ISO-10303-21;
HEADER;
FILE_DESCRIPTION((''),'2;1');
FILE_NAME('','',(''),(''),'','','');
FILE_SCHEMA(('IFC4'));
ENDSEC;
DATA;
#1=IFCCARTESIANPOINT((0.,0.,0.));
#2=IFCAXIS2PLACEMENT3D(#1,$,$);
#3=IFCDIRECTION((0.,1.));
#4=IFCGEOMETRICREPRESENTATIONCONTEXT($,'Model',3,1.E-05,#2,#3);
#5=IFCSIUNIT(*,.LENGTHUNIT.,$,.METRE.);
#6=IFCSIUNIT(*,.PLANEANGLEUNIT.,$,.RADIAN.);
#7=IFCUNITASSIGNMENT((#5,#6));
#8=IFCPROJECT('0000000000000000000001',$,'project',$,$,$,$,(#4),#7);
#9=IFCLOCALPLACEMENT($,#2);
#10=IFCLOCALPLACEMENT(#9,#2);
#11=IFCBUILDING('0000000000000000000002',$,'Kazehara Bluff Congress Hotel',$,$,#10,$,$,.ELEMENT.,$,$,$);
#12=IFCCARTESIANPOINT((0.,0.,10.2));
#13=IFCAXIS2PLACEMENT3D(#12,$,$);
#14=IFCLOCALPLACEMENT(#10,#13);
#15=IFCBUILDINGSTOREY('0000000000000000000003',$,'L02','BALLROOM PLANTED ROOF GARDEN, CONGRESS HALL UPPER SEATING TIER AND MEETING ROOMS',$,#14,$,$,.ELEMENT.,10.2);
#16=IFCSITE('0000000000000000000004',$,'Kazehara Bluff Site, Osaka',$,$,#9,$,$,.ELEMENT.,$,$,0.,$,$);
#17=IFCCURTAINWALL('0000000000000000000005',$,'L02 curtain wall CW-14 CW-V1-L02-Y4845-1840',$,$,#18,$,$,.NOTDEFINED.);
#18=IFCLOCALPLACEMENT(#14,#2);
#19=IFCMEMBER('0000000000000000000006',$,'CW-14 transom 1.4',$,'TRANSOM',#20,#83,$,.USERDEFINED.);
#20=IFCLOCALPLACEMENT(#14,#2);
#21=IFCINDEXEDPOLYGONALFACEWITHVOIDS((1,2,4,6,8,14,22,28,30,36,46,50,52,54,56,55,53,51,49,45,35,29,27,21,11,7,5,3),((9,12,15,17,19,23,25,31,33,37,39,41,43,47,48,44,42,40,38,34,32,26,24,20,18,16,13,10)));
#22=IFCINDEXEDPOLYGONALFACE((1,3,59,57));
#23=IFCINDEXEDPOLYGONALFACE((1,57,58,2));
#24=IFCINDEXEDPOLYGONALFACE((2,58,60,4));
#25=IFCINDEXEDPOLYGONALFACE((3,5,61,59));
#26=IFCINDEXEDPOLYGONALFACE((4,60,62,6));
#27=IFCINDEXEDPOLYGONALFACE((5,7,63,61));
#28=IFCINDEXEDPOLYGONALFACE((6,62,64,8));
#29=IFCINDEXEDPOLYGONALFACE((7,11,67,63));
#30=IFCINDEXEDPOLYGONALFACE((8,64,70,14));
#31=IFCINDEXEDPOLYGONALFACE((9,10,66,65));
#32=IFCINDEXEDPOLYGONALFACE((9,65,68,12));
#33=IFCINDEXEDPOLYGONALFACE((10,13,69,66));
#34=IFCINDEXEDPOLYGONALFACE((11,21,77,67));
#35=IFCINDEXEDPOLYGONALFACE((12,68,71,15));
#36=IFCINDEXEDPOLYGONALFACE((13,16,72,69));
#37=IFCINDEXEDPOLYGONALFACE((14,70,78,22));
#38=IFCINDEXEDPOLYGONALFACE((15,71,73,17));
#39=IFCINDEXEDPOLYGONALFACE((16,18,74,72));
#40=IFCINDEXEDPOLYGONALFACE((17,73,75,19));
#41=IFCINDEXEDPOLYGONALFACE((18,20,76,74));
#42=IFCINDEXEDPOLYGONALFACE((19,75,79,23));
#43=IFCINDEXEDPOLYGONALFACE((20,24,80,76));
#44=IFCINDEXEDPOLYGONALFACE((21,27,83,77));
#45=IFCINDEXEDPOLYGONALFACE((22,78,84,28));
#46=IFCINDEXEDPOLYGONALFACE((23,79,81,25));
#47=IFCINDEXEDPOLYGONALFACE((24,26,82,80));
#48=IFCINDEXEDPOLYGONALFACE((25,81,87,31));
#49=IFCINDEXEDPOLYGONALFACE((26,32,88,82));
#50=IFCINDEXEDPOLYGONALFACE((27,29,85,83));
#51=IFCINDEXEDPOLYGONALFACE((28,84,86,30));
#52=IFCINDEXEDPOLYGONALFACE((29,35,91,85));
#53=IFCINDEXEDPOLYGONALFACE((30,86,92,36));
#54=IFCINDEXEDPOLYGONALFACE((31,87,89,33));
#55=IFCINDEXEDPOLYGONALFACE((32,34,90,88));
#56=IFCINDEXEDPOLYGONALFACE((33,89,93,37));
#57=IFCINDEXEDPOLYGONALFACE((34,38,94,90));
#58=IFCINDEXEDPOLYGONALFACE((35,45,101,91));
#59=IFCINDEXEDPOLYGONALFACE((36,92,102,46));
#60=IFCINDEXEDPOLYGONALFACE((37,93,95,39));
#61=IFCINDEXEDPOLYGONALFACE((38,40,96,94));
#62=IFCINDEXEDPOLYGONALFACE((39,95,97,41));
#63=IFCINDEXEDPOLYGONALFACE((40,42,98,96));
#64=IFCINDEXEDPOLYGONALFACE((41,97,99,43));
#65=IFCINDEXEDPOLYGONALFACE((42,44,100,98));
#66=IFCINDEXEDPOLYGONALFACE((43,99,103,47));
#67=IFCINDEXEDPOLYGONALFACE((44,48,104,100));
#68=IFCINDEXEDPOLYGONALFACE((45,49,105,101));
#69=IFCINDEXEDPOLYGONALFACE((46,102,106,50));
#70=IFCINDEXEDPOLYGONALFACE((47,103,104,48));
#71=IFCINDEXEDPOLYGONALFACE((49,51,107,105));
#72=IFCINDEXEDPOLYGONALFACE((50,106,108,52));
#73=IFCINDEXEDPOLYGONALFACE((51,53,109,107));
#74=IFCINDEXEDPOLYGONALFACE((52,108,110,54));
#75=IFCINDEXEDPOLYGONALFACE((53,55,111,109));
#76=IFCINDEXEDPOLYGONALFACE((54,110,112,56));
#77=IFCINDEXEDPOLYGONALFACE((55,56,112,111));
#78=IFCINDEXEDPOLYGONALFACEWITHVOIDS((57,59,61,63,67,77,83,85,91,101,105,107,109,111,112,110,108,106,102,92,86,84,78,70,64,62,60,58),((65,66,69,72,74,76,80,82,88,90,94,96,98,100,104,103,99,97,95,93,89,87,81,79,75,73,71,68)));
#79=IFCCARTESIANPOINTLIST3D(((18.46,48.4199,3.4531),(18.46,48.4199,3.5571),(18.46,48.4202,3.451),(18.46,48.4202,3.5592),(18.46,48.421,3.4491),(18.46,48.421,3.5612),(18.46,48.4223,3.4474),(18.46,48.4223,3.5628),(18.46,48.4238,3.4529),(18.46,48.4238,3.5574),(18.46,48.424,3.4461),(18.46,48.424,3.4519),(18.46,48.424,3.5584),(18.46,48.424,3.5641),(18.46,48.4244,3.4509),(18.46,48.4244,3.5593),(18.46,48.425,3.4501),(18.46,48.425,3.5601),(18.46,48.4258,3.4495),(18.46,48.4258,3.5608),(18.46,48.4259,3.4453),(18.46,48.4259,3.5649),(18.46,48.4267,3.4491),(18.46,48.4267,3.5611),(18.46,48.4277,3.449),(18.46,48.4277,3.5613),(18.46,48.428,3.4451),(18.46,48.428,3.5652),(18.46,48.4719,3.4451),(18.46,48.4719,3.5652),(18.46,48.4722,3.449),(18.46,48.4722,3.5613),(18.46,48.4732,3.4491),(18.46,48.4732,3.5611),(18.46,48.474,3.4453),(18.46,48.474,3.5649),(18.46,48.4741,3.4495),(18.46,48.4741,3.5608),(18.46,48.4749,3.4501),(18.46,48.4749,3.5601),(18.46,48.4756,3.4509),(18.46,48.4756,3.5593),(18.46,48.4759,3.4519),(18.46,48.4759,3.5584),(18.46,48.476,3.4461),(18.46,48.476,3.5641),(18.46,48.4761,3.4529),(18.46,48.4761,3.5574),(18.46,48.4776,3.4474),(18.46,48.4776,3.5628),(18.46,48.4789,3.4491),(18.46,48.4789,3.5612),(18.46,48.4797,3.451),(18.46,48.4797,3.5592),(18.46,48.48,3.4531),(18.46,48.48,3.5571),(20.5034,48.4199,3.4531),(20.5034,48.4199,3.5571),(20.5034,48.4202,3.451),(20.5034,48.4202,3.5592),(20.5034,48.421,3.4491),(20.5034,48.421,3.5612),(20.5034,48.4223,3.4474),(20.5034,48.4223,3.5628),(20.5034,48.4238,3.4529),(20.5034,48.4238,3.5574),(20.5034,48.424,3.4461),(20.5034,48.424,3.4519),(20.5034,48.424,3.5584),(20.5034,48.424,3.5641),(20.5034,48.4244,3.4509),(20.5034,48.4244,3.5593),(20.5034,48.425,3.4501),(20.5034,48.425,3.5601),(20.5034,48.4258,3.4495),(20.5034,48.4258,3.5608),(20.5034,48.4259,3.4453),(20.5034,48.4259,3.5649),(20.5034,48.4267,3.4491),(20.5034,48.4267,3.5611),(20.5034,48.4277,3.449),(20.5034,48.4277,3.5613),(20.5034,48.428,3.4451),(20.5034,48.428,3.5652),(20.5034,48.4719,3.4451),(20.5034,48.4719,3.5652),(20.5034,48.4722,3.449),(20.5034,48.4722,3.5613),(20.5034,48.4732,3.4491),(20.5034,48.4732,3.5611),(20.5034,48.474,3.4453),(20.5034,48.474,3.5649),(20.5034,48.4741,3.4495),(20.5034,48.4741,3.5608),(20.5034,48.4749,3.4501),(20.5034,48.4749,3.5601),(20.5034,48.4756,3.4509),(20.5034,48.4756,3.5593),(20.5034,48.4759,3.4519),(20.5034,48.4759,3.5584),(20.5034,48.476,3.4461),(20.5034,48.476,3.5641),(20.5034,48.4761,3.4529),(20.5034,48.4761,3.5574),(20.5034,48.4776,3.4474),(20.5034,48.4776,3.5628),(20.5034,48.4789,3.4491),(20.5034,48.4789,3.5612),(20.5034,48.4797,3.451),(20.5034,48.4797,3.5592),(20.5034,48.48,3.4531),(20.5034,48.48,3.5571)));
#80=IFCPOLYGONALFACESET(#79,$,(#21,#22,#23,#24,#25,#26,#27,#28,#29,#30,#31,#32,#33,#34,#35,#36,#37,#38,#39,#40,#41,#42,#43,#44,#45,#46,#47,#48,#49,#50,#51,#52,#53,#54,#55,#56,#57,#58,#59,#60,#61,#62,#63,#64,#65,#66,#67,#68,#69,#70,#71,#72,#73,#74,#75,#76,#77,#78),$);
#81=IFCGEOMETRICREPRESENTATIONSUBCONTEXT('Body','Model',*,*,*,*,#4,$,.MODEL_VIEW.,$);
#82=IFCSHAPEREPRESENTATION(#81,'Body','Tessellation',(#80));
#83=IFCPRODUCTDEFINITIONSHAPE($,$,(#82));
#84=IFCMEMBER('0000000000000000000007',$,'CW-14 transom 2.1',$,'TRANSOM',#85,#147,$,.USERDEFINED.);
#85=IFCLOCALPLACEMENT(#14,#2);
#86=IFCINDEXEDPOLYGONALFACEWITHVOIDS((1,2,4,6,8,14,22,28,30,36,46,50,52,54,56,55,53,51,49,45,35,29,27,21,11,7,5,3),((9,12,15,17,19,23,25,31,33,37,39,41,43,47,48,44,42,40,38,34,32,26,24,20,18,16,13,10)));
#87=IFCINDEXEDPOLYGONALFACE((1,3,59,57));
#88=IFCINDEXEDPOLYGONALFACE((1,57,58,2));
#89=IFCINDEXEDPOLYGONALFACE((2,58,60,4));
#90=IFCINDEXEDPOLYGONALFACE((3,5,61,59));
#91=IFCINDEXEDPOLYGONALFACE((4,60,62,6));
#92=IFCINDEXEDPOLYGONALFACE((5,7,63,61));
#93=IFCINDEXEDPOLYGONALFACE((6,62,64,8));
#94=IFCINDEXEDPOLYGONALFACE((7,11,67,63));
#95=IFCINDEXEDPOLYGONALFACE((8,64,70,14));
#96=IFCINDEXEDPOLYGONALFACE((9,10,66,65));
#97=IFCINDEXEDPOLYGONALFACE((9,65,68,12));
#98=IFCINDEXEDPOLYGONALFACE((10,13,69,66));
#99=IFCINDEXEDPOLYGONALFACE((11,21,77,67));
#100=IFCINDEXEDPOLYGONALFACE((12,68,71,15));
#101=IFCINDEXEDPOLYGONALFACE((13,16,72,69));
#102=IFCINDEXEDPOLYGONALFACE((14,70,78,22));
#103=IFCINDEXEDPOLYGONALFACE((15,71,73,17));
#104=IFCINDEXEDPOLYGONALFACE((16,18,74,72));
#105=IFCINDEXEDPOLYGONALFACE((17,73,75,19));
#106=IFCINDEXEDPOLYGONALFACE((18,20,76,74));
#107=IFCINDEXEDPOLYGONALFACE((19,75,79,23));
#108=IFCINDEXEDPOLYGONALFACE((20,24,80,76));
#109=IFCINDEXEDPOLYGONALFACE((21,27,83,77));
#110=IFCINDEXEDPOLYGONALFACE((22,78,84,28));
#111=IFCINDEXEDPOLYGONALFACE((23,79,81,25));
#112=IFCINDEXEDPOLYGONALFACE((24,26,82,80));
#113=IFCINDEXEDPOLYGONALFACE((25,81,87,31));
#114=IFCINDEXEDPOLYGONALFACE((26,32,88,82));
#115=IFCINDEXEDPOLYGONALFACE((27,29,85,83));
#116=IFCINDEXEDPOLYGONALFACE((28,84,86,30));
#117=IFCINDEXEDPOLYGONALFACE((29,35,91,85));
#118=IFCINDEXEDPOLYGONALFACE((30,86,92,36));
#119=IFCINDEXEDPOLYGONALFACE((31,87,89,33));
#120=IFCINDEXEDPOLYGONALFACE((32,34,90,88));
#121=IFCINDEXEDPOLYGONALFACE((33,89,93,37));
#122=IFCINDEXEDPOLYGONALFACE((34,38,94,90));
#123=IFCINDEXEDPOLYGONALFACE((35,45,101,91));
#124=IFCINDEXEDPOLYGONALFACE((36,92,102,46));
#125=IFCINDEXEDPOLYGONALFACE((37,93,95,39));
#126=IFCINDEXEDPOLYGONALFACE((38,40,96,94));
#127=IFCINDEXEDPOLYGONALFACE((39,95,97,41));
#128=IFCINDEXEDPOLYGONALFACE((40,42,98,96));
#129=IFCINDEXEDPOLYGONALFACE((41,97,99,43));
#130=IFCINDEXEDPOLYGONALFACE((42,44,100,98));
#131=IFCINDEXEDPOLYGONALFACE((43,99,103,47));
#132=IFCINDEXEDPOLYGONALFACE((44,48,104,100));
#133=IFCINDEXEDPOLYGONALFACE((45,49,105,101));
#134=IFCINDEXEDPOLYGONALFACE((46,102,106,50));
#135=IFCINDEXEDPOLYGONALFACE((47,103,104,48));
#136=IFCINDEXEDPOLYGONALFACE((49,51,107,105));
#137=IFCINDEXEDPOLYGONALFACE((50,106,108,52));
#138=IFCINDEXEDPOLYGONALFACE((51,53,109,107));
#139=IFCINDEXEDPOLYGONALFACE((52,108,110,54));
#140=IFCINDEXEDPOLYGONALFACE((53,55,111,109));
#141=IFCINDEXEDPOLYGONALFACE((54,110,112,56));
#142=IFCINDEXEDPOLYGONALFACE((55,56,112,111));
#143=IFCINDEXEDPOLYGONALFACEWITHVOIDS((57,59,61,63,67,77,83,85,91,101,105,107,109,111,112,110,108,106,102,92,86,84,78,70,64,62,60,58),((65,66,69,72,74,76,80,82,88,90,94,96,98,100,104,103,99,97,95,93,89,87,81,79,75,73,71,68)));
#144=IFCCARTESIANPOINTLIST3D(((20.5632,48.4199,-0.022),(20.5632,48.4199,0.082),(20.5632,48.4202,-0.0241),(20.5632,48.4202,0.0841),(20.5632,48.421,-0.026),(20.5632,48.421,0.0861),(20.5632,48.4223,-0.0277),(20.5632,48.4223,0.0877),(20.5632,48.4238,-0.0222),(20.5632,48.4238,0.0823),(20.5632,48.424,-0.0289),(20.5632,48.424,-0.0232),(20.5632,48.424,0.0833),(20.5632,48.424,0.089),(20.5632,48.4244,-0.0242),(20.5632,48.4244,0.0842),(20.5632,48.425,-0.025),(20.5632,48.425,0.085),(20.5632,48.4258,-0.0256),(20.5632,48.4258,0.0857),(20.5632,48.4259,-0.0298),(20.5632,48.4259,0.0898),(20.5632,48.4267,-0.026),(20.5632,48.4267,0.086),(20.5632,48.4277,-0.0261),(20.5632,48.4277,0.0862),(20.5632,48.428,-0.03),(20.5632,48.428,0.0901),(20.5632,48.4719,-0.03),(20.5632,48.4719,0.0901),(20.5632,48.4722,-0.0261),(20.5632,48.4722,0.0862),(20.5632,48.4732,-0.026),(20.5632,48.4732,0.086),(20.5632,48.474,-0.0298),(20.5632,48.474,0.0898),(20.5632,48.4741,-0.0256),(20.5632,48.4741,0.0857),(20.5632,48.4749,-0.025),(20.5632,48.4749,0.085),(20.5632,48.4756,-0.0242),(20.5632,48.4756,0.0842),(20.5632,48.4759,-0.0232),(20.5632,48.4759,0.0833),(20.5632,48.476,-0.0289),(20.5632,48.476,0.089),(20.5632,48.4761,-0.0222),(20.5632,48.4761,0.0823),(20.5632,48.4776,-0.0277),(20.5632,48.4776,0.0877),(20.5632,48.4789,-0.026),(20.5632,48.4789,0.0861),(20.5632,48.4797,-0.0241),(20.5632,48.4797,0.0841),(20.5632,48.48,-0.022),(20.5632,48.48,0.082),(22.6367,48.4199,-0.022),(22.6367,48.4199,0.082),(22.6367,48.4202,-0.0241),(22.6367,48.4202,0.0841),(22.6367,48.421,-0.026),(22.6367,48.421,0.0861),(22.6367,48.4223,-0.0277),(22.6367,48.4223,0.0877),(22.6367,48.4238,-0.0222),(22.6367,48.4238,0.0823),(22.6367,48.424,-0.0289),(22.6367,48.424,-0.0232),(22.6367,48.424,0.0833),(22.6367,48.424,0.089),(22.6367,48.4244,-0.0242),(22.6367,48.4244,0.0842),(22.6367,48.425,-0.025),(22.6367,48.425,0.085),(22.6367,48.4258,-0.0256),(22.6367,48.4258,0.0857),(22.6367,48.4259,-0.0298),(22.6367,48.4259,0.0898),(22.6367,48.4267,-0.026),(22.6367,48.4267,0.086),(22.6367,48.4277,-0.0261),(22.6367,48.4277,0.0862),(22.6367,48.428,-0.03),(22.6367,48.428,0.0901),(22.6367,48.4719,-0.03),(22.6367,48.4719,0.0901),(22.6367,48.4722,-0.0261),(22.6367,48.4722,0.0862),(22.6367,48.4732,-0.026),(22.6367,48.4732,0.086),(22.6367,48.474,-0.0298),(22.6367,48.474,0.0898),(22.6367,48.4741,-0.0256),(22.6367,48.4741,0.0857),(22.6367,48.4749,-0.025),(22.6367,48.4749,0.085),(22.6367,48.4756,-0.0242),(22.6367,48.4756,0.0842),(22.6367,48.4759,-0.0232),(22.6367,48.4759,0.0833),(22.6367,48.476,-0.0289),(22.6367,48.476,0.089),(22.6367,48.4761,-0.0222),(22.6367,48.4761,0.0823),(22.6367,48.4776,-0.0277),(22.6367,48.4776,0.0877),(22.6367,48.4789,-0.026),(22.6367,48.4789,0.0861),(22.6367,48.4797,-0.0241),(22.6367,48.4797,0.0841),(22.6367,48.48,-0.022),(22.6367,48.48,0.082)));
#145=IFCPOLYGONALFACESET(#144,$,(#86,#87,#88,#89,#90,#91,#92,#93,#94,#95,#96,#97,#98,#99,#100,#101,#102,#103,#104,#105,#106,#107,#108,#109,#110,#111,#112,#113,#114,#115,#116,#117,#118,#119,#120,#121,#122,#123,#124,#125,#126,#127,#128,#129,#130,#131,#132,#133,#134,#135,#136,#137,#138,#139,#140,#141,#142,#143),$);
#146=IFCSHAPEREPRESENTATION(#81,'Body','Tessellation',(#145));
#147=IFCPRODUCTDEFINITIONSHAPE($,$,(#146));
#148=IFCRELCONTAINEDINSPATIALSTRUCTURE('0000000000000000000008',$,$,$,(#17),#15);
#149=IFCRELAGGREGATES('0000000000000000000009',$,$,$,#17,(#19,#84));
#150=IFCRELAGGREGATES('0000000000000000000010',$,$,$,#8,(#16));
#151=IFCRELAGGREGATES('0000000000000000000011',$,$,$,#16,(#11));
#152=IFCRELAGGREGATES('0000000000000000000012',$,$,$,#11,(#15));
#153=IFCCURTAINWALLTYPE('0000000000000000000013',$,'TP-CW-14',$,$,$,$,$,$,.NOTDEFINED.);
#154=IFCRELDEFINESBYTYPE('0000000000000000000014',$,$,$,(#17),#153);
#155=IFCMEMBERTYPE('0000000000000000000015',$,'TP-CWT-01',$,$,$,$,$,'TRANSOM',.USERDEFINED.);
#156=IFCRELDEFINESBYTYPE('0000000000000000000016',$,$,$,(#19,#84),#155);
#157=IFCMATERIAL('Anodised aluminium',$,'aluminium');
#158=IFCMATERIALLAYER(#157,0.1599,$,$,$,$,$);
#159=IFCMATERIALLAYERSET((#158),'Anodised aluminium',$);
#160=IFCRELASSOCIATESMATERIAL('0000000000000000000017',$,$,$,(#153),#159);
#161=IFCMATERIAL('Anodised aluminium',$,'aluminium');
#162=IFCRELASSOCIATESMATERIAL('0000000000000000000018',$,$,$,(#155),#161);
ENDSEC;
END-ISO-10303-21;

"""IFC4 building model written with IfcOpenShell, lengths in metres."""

from ifc_helpers import new_model, si_unit, direction, frame, origin, origin_2d, place, context, subcontext, project, spatial, hollow_rectangle, extrude, material, layer, layer_set, material_profile, profile_set, type_object, element, aggregate, save


model = new_model("IFC4")

# Units and contexts
model_context = context("Model", 3, precision=1e-05, world=origin(), true_north=direction((0.0, 1.0)))
body_context = subcontext(model_context, "Body", "Model", "MODEL_VIEW")
ifc_project = project(units=[si_unit("LENGTHUNIT", "METRE"), si_unit("PLANEANGLEUNIT", "RADIAN")], contexts=[model_context])

# Site, building, storey
site_placement = place(None, origin())
site = spatial("IfcSite", under=ifc_project, at=site_placement, Name="Kazehara Bluff Site, Osaka", CompositionType="ELEMENT", RefElevation=0.0)
building_placement = place(site_placement, origin())
building = spatial("IfcBuilding", under=site, at=building_placement, Name="Kazehara Bluff Congress Hotel", CompositionType="ELEMENT")
storey_placement = place(building_placement, frame((0.0, 0.0, 10.2)))
storey = spatial("IfcBuildingStorey", under=building, at=storey_placement, Name="L02", Description="BALLROOM PLANTED ROOF GARDEN, CONGRESS HALL UPPER SEATING TIER AND MEETING ROOMS", CompositionType="ELEMENT", Elevation=10.2)

# Curtain wall, members
ifc_material_1 = material(Name="Anodised aluminium", Category="aluminium")
ifc_layer_1 = layer(ifc_material_1, 0.1599)
ifc_layer_set_1 = layer_set([ifc_layer_1], Name="Anodised aluminium")
curtain_wall_type = type_object("IfcCurtainWallType", Name="TP-CW-14", PredefinedType="NOTDEFINED", material=ifc_layer_set_1)
curtain_wall_placement = place(storey_placement, origin())
curtain_wall = element("IfcCurtainWall", 1, at=curtain_wall_placement, inside=storey, type_object=curtain_wall_type, Name="L02 curtain wall CW-14 CW-V1-L02-Y4845-1840", PredefinedType="NOTDEFINED")
ifc_material_2 = material(Name="Anodised aluminium", Category="aluminium")
ifc_material_profile_1 = material_profile(ifc_material_2, hollow_rectangle(XDim=0.0601, YDim=0.1201, WallThickness=0.0039, InnerFilletRadius=0.0039, OuterFilletRadius=0.0081, at=origin_2d()))
ifc_profile_set_1 = profile_set([ifc_material_profile_1], Name="Anodised aluminium")
member_type_1 = type_object("IfcMemberType", Name="TP-CWT-01", ElementType="TRANSOM", PredefinedType="USERDEFINED", material=ifc_profile_set_1)
member_1_placement = place(storey_placement, frame((18.46, 48.45, 3.5051), z_axis=(1.0, 0.0, 0.0), x_axis=(0.0, 1.0, 0.0)))
member_1 = element("IfcMember", 2, at=member_1_placement, type_object=member_type_1, Name="CW-14 transom 1.4", ObjectType="TRANSOM", PredefinedType="USERDEFINED", context=body_context, shape_type="SweptSolid", body=[
    extrude(hollow_rectangle(XDim=0.0601, YDim=0.1201, WallThickness=0.0039, InnerFilletRadius=0.0039, OuterFilletRadius=0.0081, at=origin_2d()), origin(), (0.0, 0.0, 1.0), 2.0435),
])
member_2_placement = place(storey_placement, frame((20.5632, 48.45, 0.03), z_axis=(1.0, 0.0, 0.0), x_axis=(0.0, 1.0, 0.0)))
member_2 = element("IfcMember", 3, at=member_2_placement, type_object=member_type_1, Name="CW-14 transom 2.1", ObjectType="TRANSOM", PredefinedType="USERDEFINED", context=body_context, shape_type="SweptSolid", body=[
    extrude(hollow_rectangle(XDim=0.0601, YDim=0.1201, WallThickness=0.0039, InnerFilletRadius=0.0039, OuterFilletRadius=0.0081, at=origin_2d()), origin(), (0.0, 0.0, 1.0), 2.0735),
])
aggregate(curtain_wall, [member_1, member_2])

save(model, "model.ifc")
